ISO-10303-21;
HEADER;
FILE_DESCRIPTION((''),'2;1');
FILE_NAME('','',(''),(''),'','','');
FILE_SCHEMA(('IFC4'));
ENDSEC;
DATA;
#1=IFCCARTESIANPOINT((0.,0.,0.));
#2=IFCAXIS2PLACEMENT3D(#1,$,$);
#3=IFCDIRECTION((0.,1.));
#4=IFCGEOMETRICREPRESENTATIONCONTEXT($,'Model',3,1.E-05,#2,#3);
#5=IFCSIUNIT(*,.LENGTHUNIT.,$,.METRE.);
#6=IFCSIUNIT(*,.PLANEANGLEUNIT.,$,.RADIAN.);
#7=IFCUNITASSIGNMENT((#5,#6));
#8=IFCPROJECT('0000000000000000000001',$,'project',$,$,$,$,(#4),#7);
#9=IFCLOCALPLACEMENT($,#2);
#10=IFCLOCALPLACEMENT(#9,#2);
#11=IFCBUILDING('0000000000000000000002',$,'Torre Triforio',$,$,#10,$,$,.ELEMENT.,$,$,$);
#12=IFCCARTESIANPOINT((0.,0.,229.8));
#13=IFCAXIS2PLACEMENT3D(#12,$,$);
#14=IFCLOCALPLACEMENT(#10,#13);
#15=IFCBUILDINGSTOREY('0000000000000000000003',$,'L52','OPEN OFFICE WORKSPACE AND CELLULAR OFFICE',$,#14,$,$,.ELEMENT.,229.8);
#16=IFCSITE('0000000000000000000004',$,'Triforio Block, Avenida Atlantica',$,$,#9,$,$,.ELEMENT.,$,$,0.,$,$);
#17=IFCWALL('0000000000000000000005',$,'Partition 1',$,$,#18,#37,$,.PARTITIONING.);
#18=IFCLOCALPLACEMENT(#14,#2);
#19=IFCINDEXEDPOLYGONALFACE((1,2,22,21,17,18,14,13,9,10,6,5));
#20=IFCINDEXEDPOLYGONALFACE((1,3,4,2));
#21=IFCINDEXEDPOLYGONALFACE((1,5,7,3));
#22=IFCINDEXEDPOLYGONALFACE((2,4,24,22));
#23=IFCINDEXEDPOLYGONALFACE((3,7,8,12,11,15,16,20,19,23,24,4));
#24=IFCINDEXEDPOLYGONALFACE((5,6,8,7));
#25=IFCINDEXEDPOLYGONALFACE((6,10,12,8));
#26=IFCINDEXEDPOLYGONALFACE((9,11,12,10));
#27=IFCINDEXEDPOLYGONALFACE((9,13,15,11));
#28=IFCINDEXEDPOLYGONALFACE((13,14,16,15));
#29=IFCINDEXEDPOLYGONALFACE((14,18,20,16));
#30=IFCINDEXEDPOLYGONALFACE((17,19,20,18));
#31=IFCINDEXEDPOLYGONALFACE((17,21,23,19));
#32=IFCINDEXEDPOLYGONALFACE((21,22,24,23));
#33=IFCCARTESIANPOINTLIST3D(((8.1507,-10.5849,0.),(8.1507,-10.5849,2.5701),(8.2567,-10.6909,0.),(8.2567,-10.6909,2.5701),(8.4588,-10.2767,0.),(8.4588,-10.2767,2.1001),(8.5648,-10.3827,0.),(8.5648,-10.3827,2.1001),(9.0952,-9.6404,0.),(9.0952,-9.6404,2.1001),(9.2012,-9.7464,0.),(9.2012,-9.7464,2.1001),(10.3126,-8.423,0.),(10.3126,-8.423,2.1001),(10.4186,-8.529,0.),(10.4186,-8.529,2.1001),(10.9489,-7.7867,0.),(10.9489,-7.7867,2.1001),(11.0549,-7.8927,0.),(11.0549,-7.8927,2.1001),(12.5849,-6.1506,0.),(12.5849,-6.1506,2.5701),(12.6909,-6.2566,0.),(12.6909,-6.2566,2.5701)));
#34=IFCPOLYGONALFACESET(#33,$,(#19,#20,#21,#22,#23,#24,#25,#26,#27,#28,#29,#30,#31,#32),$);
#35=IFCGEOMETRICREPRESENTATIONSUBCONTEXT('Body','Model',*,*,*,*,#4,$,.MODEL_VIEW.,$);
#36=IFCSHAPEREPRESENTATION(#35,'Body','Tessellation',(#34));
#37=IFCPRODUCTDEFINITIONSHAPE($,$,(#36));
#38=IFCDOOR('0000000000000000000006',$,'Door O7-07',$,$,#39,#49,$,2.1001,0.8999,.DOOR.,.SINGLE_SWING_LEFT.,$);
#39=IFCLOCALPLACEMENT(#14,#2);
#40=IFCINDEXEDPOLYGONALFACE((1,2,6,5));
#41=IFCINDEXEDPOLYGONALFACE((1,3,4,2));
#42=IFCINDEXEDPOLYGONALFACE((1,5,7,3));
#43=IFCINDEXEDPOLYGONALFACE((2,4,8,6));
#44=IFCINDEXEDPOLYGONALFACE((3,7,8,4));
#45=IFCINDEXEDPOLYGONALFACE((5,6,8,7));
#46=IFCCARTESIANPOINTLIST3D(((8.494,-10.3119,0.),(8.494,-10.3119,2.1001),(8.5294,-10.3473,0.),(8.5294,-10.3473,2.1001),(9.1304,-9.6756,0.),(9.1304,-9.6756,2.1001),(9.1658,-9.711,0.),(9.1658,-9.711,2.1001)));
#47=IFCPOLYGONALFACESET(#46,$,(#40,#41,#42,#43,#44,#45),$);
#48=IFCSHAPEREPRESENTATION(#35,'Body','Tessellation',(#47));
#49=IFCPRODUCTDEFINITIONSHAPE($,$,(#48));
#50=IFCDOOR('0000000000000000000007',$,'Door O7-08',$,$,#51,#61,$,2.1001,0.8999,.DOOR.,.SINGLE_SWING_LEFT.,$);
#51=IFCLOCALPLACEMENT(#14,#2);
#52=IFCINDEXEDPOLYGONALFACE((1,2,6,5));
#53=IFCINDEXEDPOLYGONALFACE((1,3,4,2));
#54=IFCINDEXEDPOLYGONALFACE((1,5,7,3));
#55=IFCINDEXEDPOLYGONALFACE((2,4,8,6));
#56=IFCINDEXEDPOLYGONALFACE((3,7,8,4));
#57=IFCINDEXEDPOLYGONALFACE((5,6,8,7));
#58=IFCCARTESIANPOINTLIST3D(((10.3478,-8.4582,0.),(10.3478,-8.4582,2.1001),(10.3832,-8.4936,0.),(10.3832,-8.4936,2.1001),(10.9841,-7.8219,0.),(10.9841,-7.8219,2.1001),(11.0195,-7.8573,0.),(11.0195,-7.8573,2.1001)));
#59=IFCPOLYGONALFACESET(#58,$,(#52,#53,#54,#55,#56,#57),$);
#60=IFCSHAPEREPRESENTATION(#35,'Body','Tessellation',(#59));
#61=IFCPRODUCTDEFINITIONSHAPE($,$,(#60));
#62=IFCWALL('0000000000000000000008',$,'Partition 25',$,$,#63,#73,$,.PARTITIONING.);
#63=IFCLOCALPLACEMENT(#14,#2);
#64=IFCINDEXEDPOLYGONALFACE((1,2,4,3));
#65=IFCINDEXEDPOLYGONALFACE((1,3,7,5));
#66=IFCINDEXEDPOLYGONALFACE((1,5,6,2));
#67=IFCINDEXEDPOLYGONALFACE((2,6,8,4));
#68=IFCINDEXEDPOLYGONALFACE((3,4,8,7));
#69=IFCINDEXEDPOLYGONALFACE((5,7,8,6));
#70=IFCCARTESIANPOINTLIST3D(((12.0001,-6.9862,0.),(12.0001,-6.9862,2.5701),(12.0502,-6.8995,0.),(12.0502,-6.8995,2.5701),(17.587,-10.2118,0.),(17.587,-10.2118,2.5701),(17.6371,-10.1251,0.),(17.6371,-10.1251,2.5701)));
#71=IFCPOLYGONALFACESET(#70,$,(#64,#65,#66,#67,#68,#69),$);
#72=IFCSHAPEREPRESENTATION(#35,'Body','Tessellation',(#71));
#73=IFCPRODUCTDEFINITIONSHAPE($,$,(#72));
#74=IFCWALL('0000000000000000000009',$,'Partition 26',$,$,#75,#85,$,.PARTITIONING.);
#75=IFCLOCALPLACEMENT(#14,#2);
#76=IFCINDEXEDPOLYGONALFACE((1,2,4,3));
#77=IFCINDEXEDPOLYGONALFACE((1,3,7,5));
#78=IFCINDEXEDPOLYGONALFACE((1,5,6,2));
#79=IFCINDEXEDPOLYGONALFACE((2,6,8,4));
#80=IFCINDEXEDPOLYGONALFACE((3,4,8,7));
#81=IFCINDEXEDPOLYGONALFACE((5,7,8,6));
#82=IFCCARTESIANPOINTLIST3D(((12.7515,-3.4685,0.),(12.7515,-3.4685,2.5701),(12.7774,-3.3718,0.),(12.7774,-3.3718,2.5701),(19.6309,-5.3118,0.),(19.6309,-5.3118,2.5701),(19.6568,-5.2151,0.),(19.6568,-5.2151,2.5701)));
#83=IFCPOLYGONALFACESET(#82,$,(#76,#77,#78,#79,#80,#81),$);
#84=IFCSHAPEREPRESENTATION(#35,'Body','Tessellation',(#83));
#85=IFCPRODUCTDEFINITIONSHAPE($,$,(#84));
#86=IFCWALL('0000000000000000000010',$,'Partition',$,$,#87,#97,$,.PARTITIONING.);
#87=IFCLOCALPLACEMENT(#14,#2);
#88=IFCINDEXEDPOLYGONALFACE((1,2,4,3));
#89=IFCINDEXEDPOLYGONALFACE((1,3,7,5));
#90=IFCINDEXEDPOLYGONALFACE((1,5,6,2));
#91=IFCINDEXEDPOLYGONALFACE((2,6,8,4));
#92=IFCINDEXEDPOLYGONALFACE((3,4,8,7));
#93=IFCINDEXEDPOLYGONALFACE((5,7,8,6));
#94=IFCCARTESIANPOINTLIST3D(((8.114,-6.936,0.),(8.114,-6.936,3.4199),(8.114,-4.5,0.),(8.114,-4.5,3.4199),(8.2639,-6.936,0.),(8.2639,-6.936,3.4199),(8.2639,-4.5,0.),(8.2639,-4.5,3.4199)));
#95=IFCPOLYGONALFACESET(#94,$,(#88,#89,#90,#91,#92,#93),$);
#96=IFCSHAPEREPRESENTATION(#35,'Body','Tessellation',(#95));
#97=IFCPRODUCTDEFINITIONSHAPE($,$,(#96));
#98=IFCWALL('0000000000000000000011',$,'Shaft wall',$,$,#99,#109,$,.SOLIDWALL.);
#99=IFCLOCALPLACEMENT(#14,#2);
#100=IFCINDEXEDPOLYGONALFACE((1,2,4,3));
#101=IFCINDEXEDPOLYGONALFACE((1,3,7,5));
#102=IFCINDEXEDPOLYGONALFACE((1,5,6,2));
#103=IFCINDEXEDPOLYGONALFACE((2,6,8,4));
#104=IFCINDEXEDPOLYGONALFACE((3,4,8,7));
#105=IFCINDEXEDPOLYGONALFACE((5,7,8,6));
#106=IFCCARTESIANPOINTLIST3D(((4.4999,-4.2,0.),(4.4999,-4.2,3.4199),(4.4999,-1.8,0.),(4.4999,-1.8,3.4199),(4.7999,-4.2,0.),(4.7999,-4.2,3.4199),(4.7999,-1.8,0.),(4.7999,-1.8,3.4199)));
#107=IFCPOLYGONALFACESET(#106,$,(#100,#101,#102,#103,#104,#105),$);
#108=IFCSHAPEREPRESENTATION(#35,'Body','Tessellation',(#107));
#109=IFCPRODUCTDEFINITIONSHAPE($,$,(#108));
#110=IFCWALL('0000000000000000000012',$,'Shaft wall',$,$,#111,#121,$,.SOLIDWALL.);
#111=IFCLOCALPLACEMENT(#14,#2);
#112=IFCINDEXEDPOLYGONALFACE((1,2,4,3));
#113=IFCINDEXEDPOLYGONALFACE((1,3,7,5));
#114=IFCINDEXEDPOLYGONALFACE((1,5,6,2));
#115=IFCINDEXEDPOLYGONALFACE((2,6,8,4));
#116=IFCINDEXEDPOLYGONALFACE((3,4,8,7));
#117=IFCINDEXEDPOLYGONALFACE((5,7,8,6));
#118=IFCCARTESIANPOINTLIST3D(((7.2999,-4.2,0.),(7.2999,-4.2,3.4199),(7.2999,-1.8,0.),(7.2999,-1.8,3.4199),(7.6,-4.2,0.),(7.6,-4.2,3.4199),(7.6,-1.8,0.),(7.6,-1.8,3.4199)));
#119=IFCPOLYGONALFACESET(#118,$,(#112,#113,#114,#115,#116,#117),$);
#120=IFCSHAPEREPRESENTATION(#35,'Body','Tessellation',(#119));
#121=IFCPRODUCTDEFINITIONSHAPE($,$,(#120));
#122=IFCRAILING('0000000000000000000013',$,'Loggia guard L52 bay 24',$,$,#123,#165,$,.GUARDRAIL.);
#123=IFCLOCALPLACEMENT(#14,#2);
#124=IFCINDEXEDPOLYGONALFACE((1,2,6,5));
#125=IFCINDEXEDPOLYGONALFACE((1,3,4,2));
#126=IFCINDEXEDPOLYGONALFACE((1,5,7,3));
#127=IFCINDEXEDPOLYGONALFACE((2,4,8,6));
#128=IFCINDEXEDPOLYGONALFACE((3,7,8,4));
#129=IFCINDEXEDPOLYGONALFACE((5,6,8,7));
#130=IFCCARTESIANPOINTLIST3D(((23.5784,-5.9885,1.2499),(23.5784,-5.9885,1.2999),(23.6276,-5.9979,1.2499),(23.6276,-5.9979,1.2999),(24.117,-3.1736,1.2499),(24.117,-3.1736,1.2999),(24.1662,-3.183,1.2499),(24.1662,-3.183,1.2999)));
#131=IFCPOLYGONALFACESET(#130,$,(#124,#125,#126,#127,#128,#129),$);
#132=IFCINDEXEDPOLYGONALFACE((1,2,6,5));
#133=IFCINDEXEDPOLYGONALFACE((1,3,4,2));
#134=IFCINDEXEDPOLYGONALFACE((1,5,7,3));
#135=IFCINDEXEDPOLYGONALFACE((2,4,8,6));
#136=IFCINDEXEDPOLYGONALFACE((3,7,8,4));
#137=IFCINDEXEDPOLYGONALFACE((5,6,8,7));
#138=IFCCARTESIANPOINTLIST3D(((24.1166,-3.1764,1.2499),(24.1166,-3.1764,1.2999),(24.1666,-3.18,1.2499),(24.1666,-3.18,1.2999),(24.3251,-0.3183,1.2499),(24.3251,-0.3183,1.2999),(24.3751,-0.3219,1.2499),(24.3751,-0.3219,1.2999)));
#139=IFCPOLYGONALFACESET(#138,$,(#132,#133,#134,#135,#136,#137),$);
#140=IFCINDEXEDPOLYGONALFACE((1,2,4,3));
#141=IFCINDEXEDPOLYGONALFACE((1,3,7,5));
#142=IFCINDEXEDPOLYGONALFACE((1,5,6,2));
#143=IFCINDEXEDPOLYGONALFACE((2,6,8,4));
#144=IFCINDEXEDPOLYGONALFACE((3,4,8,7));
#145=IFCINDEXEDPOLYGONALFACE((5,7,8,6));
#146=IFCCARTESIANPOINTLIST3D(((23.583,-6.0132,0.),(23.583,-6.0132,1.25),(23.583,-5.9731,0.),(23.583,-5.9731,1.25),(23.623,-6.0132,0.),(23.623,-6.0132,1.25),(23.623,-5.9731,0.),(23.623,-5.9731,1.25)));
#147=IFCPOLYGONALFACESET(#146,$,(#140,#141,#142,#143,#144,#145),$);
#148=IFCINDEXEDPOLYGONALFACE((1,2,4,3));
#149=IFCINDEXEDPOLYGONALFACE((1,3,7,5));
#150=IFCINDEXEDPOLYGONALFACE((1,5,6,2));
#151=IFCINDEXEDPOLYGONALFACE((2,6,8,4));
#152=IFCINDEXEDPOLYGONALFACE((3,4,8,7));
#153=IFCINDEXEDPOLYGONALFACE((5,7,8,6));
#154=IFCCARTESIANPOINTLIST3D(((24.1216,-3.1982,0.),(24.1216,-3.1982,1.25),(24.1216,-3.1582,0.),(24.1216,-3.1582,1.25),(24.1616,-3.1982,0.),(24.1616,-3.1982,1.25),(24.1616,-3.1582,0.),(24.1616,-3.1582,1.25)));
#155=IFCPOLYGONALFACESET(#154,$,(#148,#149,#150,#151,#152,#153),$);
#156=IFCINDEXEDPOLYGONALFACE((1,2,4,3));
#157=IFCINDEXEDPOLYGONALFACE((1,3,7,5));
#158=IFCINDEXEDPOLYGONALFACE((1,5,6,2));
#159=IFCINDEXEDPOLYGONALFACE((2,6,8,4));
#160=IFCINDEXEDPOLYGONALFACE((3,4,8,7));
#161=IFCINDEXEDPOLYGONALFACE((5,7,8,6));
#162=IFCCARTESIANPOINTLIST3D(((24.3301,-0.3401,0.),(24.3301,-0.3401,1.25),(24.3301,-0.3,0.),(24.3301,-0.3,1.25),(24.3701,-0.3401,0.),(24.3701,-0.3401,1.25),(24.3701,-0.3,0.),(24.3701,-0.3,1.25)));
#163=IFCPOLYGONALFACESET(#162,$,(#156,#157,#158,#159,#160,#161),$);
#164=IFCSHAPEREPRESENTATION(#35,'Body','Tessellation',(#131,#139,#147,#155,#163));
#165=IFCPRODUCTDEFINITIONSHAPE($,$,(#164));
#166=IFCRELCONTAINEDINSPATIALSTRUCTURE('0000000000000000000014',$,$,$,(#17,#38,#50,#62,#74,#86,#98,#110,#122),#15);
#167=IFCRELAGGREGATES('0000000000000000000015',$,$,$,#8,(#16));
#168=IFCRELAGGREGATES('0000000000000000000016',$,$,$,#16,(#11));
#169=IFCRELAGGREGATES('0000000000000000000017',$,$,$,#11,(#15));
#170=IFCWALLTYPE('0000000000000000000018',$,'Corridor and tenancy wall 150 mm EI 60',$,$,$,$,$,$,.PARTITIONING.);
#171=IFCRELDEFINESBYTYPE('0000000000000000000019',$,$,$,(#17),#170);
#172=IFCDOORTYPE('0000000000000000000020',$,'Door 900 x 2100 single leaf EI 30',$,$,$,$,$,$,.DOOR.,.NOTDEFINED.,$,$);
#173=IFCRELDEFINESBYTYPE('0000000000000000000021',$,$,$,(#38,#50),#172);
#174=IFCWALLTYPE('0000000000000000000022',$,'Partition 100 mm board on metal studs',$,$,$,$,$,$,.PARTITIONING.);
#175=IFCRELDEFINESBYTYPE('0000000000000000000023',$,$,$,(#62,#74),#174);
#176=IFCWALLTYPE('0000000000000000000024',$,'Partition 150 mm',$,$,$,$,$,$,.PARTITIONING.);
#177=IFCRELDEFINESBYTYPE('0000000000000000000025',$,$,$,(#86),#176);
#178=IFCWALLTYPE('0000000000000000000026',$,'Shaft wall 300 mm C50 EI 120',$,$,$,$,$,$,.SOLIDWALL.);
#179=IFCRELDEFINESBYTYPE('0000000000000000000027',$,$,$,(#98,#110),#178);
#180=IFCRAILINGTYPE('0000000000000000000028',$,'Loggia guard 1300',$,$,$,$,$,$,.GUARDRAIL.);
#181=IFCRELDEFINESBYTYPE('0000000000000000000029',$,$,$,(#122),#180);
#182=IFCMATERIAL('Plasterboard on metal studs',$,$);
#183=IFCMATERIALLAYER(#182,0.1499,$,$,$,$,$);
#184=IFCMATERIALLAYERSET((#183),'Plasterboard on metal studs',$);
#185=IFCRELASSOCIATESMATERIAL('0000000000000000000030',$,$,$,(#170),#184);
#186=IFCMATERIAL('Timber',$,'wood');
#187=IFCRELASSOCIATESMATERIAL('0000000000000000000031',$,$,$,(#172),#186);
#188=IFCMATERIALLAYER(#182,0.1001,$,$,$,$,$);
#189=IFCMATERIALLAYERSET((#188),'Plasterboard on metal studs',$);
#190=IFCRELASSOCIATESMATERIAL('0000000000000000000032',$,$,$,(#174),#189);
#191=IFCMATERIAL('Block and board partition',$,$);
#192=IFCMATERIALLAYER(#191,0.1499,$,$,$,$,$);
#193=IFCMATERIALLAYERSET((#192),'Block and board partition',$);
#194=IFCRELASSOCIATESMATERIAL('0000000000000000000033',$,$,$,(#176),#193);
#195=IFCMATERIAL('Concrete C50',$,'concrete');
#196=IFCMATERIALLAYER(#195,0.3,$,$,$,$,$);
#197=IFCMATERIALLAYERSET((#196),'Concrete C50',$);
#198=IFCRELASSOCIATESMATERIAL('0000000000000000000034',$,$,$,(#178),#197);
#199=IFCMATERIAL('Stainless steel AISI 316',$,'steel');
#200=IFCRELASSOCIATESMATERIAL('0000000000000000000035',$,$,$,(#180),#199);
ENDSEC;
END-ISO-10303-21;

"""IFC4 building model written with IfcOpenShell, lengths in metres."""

from ifc_helpers import new_model, si_unit, direction, frame, frame_2d, origin, origin_2d, place, context, subcontext, project, spatial, rectangle, extrude, material, layer, layer_set, type_object, element, fill, save


model = new_model("IFC4")

# Units and contexts
model_context = context("Model", 3, precision=1e-05, world=origin(), true_north=direction((0.0, 1.0)))
body_context = subcontext(model_context, "Body", "Model", "MODEL_VIEW")
ifc_project = project(units=[si_unit("LENGTHUNIT", "METRE"), si_unit("PLANEANGLEUNIT", "RADIAN")], contexts=[model_context])

# Site, building, storey
site_placement = place(None, origin())
site = spatial("IfcSite", under=ifc_project, at=site_placement, Name="Triforio Block, Avenida Atlantica", CompositionType="ELEMENT", RefElevation=0.0)
building_placement = place(site_placement, origin())
building = spatial("IfcBuilding", under=site, at=building_placement, Name="Torre Triforio", CompositionType="ELEMENT")
storey_placement = place(building_placement, frame((0.0, 0.0, 229.8)))
storey = spatial("IfcBuildingStorey", under=building, at=storey_placement, Name="L52", Description="OPEN OFFICE WORKSPACE AND CELLULAR OFFICE", CompositionType="ELEMENT", Elevation=229.8)

# Shared definitions
ifc_material_1 = material(Name="Concrete C50", Category="concrete")

# Wall, openings, doors
ifc_material_2 = material(Name="Plasterboard on metal studs")
ifc_layer_1 = layer(ifc_material_2, 0.1499)
ifc_layer_set_1 = layer_set([ifc_layer_1], Name="Plasterboard on metal studs")
wall_type_1 = type_object("IfcWallType", Name="Corridor and tenancy wall 150 mm EI 60", PredefinedType="PARTITIONING", material=ifc_layer_set_1)
wall_1_placement = place(storey_placement, frame((12.6379, -6.2036, 0.0), z_axis=(0.0, 0.0, 1.0), x_axis=(-0.707107, -0.707107, 0.0)))
wall_1 = element("IfcWall", 1, at=wall_1_placement, inside=storey, type_object=wall_type_1, Name="Partition 1", PredefinedType="PARTITIONING", context=body_context, shape_type="SweptSolid", body=[
    extrude(rectangle(XDim=6.271, YDim=0.1499, at=frame_2d((3.1355, 0.0))), origin(), (0.0, 0.0, 1.0), 2.5701),
])
opening_1_placement = place(wall_1_placement, frame((4.9353, 0.0, 0.0)))
opening_1 = element("IfcOpeningElement", 2, at=opening_1_placement, cuts=wall_1, PredefinedType="OPENING", context=body_context, shape_type="SweptSolid", body=[
    extrude(rectangle(XDim=0.8999, YDim=2.1001, at=frame_2d((0.45, 1.05))), frame((0.0, 0.085, 0.0), z_axis=(0.0, -1.0, 0.0), x_axis=(1.0, 0.0, 0.0)), (0.0, 0.0, 1.0), 0.1699),
])
opening_2_placement = place(wall_1_placement, frame((2.3137, 0.0, 0.0)))
opening_2 = element("IfcOpeningElement", 3, at=opening_2_placement, cuts=wall_1, PredefinedType="OPENING", context=body_context, shape_type="SweptSolid", body=[
    extrude(rectangle(XDim=0.8999, YDim=2.1001, at=frame_2d((0.45, 1.05))), frame((0.0, 0.085, 0.0), z_axis=(0.0, -1.0, 0.0), x_axis=(1.0, 0.0, 0.0)), (0.0, 0.0, 1.0), 0.1699),
])
ifc_material_3 = material(Name="Timber", Category="wood")
door_type_1 = type_object("IfcDoorType", Name="Door 900 x 2100 single leaf EI 30", OperationType="NOTDEFINED", PredefinedType="DOOR", material=ifc_material_3)
door_1_placement = place(opening_1_placement, origin())
door_1 = element("IfcDoor", 4, at=door_1_placement, inside=storey, type_object=door_type_1, Name="Door O7-07", OperationType="SINGLE_SWING_LEFT", OverallHeight=2.1001, OverallWidth=0.8999, PredefinedType="DOOR", context=body_context, shape_type="SweptSolid", body=[
    extrude(rectangle(XDim=0.8999, YDim=2.1001, at=frame_2d((0.45, 1.05))), frame((0.0, 0.0249, 0.0), z_axis=(0.0, -1.0, 0.0), x_axis=(1.0, 0.0, 0.0)), (0.0, 0.0, 1.0), 0.05),
])
fill(opening_1, door_1)
door_2_placement = place(opening_2_placement, origin())
door_2 = element("IfcDoor", 5, at=door_2_placement, inside=storey, type_object=door_type_1, Name="Door O7-08", OperationType="SINGLE_SWING_LEFT", OverallHeight=2.1001, OverallWidth=0.8999, PredefinedType="DOOR", context=body_context, shape_type="SweptSolid", body=[
    extrude(rectangle(XDim=0.8999, YDim=2.1001, at=frame_2d((0.45, 1.05))), frame((0.0, 0.0249, 0.0), z_axis=(0.0, -1.0, 0.0), x_axis=(1.0, 0.0, 0.0)), (0.0, 0.0, 1.0), 0.05),
])
fill(opening_2, door_2)

# Walls
ifc_layer_2 = layer(ifc_material_2, 0.1001)
ifc_layer_set_2 = layer_set([ifc_layer_2], Name="Plasterboard on metal studs")
wall_type_2 = type_object("IfcWallType", Name="Partition 100 mm board on metal studs", PredefinedType="PARTITIONING", material=ifc_layer_set_2)
wall_2_placement = place(storey_placement, frame((12.0251, -6.9429, 0.0), z_axis=(0.0, 0.0, 1.0), x_axis=(0.866027, -0.499998, 0.0)))
element("IfcWall", 6, at=wall_2_placement, inside=storey, type_object=wall_type_2, Name="Partition 25", PredefinedType="PARTITIONING", context=body_context, shape_type="SweptSolid", body=[
    extrude(rectangle(XDim=6.4512, YDim=0.1001, at=frame_2d((3.2256, 0.0))), origin(), (0.0, 0.0, 1.0), 2.5701),
])
wall_3_placement = place(storey_placement, frame((12.7644, -3.4202, 0.0), z_axis=(0.0, 0.0, 1.0), x_axis=(0.965928, -0.25881, 0.0)))
element("IfcWall", 7, at=wall_3_placement, inside=storey, type_object=wall_type_2, Name="Partition 26", PredefinedType="PARTITIONING", context=body_context, shape_type="SweptSolid", body=[
    extrude(rectangle(XDim=7.1221, YDim=0.1001, at=frame_2d((3.561, 0.0))), origin(), (0.0, 0.0, 1.0), 2.5701),
])
ifc_material_4 = material(Name="Block and board partition")
ifc_layer_3 = layer(ifc_material_4, 0.1499)
ifc_layer_set_3 = layer_set([ifc_layer_3], Name="Block and board partition")
wall_type_3 = type_object("IfcWallType", Name="Partition 150 mm", PredefinedType="PARTITIONING", material=ifc_layer_set_3)
wall_4_placement = place(storey_placement, frame((8.189, -6.936, 0.0), z_axis=(0.0, 0.0, 1.0), x_axis=(0.0, 1.0, 0.0)))
element("IfcWall", 8, at=wall_4_placement, inside=storey, type_object=wall_type_3, Name="Partition", PredefinedType="PARTITIONING", context=body_context, shape_type="SweptSolid", body=[
    extrude(rectangle(XDim=2.436, YDim=0.1499, at=frame_2d((1.218, 0.0))), origin(), (0.0, 0.0, 1.0), 3.4199),
])
ifc_layer_4 = layer(ifc_material_1, 0.3)
ifc_layer_set_4 = layer_set([ifc_layer_4], Name="Concrete C50")
wall_type_4 = type_object("IfcWallType", Name="Shaft wall 300 mm C50 EI 120", PredefinedType="SOLIDWALL", material=ifc_layer_set_4)
for number, where, z_axis, x_axis, name in (
    (9, (4.6499, -4.2, 0.0), (0.0, 0.0, 1.0), (0.0, 1.0, 0.0), "Shaft wall"),
    (10, (7.45, -4.2, 0.0), (0.0, 0.0, 1.0), (0.0, 1.0, 0.0), "Shaft wall"),
):
    element("IfcWall", number, at=place(storey_placement, frame(where, z_axis=z_axis, x_axis=x_axis)), inside=storey, type_object=wall_type_4, Name=name, PredefinedType="SOLIDWALL", context=body_context, shape_type="SweptSolid", body=[
        extrude(rectangle(XDim=2.3999, YDim=0.3, at=frame_2d((1.2, 0.0))), origin(), (0.0, 0.0, 1.0), 3.4199),
    ])

# Railing
ifc_material_5 = material(Name="Stainless steel AISI 316", Category="steel")
railing_type = type_object("IfcRailingType", Name="Loggia guard 1300", PredefinedType="GUARDRAIL", material=ifc_material_5)
railing_placement = place(storey_placement, frame((23.603, -5.9932, 0.0)))
element("IfcRailing", 11, at=railing_placement, inside=storey, type_object=railing_type, Name="Loggia guard L52 bay 24", PredefinedType="GUARDRAIL", context=body_context, shape_type="SweptSolid", body=[
    extrude(rectangle(XDim=0.05, YDim=0.05, at=origin_2d()), frame((0.0, 0.0, 1.2749), z_axis=(0.187918, 0.982185, 0.0), x_axis=(-0.982185, 0.187918, 0.0)), (0.0, 0.0, 1.0), 2.866),
    extrude(rectangle(XDim=0.05, YDim=0.05, at=origin_2d()), frame((0.5386, 2.8149, 1.2749), z_axis=(0.072754, 0.99735, 0.0), x_axis=(-0.99735, 0.072754, 0.0)), (0.0, 0.0, 1.0), 2.8657),
    extrude(rectangle(XDim=0.04, YDim=0.04, at=origin_2d()), origin(), (0.0, 0.0, 1.0), 1.25),
    extrude(rectangle(XDim=0.04, YDim=0.04, at=origin_2d()), frame((0.5386, 2.8149, 0.0)), (0.0, 0.0, 1.0), 1.25),
    extrude(rectangle(XDim=0.04, YDim=0.04, at=origin_2d()), frame((0.7471, 5.6731, 0.0)), (0.0, 0.0, 1.0), 1.25),
])

save(model, "model.ifc")
